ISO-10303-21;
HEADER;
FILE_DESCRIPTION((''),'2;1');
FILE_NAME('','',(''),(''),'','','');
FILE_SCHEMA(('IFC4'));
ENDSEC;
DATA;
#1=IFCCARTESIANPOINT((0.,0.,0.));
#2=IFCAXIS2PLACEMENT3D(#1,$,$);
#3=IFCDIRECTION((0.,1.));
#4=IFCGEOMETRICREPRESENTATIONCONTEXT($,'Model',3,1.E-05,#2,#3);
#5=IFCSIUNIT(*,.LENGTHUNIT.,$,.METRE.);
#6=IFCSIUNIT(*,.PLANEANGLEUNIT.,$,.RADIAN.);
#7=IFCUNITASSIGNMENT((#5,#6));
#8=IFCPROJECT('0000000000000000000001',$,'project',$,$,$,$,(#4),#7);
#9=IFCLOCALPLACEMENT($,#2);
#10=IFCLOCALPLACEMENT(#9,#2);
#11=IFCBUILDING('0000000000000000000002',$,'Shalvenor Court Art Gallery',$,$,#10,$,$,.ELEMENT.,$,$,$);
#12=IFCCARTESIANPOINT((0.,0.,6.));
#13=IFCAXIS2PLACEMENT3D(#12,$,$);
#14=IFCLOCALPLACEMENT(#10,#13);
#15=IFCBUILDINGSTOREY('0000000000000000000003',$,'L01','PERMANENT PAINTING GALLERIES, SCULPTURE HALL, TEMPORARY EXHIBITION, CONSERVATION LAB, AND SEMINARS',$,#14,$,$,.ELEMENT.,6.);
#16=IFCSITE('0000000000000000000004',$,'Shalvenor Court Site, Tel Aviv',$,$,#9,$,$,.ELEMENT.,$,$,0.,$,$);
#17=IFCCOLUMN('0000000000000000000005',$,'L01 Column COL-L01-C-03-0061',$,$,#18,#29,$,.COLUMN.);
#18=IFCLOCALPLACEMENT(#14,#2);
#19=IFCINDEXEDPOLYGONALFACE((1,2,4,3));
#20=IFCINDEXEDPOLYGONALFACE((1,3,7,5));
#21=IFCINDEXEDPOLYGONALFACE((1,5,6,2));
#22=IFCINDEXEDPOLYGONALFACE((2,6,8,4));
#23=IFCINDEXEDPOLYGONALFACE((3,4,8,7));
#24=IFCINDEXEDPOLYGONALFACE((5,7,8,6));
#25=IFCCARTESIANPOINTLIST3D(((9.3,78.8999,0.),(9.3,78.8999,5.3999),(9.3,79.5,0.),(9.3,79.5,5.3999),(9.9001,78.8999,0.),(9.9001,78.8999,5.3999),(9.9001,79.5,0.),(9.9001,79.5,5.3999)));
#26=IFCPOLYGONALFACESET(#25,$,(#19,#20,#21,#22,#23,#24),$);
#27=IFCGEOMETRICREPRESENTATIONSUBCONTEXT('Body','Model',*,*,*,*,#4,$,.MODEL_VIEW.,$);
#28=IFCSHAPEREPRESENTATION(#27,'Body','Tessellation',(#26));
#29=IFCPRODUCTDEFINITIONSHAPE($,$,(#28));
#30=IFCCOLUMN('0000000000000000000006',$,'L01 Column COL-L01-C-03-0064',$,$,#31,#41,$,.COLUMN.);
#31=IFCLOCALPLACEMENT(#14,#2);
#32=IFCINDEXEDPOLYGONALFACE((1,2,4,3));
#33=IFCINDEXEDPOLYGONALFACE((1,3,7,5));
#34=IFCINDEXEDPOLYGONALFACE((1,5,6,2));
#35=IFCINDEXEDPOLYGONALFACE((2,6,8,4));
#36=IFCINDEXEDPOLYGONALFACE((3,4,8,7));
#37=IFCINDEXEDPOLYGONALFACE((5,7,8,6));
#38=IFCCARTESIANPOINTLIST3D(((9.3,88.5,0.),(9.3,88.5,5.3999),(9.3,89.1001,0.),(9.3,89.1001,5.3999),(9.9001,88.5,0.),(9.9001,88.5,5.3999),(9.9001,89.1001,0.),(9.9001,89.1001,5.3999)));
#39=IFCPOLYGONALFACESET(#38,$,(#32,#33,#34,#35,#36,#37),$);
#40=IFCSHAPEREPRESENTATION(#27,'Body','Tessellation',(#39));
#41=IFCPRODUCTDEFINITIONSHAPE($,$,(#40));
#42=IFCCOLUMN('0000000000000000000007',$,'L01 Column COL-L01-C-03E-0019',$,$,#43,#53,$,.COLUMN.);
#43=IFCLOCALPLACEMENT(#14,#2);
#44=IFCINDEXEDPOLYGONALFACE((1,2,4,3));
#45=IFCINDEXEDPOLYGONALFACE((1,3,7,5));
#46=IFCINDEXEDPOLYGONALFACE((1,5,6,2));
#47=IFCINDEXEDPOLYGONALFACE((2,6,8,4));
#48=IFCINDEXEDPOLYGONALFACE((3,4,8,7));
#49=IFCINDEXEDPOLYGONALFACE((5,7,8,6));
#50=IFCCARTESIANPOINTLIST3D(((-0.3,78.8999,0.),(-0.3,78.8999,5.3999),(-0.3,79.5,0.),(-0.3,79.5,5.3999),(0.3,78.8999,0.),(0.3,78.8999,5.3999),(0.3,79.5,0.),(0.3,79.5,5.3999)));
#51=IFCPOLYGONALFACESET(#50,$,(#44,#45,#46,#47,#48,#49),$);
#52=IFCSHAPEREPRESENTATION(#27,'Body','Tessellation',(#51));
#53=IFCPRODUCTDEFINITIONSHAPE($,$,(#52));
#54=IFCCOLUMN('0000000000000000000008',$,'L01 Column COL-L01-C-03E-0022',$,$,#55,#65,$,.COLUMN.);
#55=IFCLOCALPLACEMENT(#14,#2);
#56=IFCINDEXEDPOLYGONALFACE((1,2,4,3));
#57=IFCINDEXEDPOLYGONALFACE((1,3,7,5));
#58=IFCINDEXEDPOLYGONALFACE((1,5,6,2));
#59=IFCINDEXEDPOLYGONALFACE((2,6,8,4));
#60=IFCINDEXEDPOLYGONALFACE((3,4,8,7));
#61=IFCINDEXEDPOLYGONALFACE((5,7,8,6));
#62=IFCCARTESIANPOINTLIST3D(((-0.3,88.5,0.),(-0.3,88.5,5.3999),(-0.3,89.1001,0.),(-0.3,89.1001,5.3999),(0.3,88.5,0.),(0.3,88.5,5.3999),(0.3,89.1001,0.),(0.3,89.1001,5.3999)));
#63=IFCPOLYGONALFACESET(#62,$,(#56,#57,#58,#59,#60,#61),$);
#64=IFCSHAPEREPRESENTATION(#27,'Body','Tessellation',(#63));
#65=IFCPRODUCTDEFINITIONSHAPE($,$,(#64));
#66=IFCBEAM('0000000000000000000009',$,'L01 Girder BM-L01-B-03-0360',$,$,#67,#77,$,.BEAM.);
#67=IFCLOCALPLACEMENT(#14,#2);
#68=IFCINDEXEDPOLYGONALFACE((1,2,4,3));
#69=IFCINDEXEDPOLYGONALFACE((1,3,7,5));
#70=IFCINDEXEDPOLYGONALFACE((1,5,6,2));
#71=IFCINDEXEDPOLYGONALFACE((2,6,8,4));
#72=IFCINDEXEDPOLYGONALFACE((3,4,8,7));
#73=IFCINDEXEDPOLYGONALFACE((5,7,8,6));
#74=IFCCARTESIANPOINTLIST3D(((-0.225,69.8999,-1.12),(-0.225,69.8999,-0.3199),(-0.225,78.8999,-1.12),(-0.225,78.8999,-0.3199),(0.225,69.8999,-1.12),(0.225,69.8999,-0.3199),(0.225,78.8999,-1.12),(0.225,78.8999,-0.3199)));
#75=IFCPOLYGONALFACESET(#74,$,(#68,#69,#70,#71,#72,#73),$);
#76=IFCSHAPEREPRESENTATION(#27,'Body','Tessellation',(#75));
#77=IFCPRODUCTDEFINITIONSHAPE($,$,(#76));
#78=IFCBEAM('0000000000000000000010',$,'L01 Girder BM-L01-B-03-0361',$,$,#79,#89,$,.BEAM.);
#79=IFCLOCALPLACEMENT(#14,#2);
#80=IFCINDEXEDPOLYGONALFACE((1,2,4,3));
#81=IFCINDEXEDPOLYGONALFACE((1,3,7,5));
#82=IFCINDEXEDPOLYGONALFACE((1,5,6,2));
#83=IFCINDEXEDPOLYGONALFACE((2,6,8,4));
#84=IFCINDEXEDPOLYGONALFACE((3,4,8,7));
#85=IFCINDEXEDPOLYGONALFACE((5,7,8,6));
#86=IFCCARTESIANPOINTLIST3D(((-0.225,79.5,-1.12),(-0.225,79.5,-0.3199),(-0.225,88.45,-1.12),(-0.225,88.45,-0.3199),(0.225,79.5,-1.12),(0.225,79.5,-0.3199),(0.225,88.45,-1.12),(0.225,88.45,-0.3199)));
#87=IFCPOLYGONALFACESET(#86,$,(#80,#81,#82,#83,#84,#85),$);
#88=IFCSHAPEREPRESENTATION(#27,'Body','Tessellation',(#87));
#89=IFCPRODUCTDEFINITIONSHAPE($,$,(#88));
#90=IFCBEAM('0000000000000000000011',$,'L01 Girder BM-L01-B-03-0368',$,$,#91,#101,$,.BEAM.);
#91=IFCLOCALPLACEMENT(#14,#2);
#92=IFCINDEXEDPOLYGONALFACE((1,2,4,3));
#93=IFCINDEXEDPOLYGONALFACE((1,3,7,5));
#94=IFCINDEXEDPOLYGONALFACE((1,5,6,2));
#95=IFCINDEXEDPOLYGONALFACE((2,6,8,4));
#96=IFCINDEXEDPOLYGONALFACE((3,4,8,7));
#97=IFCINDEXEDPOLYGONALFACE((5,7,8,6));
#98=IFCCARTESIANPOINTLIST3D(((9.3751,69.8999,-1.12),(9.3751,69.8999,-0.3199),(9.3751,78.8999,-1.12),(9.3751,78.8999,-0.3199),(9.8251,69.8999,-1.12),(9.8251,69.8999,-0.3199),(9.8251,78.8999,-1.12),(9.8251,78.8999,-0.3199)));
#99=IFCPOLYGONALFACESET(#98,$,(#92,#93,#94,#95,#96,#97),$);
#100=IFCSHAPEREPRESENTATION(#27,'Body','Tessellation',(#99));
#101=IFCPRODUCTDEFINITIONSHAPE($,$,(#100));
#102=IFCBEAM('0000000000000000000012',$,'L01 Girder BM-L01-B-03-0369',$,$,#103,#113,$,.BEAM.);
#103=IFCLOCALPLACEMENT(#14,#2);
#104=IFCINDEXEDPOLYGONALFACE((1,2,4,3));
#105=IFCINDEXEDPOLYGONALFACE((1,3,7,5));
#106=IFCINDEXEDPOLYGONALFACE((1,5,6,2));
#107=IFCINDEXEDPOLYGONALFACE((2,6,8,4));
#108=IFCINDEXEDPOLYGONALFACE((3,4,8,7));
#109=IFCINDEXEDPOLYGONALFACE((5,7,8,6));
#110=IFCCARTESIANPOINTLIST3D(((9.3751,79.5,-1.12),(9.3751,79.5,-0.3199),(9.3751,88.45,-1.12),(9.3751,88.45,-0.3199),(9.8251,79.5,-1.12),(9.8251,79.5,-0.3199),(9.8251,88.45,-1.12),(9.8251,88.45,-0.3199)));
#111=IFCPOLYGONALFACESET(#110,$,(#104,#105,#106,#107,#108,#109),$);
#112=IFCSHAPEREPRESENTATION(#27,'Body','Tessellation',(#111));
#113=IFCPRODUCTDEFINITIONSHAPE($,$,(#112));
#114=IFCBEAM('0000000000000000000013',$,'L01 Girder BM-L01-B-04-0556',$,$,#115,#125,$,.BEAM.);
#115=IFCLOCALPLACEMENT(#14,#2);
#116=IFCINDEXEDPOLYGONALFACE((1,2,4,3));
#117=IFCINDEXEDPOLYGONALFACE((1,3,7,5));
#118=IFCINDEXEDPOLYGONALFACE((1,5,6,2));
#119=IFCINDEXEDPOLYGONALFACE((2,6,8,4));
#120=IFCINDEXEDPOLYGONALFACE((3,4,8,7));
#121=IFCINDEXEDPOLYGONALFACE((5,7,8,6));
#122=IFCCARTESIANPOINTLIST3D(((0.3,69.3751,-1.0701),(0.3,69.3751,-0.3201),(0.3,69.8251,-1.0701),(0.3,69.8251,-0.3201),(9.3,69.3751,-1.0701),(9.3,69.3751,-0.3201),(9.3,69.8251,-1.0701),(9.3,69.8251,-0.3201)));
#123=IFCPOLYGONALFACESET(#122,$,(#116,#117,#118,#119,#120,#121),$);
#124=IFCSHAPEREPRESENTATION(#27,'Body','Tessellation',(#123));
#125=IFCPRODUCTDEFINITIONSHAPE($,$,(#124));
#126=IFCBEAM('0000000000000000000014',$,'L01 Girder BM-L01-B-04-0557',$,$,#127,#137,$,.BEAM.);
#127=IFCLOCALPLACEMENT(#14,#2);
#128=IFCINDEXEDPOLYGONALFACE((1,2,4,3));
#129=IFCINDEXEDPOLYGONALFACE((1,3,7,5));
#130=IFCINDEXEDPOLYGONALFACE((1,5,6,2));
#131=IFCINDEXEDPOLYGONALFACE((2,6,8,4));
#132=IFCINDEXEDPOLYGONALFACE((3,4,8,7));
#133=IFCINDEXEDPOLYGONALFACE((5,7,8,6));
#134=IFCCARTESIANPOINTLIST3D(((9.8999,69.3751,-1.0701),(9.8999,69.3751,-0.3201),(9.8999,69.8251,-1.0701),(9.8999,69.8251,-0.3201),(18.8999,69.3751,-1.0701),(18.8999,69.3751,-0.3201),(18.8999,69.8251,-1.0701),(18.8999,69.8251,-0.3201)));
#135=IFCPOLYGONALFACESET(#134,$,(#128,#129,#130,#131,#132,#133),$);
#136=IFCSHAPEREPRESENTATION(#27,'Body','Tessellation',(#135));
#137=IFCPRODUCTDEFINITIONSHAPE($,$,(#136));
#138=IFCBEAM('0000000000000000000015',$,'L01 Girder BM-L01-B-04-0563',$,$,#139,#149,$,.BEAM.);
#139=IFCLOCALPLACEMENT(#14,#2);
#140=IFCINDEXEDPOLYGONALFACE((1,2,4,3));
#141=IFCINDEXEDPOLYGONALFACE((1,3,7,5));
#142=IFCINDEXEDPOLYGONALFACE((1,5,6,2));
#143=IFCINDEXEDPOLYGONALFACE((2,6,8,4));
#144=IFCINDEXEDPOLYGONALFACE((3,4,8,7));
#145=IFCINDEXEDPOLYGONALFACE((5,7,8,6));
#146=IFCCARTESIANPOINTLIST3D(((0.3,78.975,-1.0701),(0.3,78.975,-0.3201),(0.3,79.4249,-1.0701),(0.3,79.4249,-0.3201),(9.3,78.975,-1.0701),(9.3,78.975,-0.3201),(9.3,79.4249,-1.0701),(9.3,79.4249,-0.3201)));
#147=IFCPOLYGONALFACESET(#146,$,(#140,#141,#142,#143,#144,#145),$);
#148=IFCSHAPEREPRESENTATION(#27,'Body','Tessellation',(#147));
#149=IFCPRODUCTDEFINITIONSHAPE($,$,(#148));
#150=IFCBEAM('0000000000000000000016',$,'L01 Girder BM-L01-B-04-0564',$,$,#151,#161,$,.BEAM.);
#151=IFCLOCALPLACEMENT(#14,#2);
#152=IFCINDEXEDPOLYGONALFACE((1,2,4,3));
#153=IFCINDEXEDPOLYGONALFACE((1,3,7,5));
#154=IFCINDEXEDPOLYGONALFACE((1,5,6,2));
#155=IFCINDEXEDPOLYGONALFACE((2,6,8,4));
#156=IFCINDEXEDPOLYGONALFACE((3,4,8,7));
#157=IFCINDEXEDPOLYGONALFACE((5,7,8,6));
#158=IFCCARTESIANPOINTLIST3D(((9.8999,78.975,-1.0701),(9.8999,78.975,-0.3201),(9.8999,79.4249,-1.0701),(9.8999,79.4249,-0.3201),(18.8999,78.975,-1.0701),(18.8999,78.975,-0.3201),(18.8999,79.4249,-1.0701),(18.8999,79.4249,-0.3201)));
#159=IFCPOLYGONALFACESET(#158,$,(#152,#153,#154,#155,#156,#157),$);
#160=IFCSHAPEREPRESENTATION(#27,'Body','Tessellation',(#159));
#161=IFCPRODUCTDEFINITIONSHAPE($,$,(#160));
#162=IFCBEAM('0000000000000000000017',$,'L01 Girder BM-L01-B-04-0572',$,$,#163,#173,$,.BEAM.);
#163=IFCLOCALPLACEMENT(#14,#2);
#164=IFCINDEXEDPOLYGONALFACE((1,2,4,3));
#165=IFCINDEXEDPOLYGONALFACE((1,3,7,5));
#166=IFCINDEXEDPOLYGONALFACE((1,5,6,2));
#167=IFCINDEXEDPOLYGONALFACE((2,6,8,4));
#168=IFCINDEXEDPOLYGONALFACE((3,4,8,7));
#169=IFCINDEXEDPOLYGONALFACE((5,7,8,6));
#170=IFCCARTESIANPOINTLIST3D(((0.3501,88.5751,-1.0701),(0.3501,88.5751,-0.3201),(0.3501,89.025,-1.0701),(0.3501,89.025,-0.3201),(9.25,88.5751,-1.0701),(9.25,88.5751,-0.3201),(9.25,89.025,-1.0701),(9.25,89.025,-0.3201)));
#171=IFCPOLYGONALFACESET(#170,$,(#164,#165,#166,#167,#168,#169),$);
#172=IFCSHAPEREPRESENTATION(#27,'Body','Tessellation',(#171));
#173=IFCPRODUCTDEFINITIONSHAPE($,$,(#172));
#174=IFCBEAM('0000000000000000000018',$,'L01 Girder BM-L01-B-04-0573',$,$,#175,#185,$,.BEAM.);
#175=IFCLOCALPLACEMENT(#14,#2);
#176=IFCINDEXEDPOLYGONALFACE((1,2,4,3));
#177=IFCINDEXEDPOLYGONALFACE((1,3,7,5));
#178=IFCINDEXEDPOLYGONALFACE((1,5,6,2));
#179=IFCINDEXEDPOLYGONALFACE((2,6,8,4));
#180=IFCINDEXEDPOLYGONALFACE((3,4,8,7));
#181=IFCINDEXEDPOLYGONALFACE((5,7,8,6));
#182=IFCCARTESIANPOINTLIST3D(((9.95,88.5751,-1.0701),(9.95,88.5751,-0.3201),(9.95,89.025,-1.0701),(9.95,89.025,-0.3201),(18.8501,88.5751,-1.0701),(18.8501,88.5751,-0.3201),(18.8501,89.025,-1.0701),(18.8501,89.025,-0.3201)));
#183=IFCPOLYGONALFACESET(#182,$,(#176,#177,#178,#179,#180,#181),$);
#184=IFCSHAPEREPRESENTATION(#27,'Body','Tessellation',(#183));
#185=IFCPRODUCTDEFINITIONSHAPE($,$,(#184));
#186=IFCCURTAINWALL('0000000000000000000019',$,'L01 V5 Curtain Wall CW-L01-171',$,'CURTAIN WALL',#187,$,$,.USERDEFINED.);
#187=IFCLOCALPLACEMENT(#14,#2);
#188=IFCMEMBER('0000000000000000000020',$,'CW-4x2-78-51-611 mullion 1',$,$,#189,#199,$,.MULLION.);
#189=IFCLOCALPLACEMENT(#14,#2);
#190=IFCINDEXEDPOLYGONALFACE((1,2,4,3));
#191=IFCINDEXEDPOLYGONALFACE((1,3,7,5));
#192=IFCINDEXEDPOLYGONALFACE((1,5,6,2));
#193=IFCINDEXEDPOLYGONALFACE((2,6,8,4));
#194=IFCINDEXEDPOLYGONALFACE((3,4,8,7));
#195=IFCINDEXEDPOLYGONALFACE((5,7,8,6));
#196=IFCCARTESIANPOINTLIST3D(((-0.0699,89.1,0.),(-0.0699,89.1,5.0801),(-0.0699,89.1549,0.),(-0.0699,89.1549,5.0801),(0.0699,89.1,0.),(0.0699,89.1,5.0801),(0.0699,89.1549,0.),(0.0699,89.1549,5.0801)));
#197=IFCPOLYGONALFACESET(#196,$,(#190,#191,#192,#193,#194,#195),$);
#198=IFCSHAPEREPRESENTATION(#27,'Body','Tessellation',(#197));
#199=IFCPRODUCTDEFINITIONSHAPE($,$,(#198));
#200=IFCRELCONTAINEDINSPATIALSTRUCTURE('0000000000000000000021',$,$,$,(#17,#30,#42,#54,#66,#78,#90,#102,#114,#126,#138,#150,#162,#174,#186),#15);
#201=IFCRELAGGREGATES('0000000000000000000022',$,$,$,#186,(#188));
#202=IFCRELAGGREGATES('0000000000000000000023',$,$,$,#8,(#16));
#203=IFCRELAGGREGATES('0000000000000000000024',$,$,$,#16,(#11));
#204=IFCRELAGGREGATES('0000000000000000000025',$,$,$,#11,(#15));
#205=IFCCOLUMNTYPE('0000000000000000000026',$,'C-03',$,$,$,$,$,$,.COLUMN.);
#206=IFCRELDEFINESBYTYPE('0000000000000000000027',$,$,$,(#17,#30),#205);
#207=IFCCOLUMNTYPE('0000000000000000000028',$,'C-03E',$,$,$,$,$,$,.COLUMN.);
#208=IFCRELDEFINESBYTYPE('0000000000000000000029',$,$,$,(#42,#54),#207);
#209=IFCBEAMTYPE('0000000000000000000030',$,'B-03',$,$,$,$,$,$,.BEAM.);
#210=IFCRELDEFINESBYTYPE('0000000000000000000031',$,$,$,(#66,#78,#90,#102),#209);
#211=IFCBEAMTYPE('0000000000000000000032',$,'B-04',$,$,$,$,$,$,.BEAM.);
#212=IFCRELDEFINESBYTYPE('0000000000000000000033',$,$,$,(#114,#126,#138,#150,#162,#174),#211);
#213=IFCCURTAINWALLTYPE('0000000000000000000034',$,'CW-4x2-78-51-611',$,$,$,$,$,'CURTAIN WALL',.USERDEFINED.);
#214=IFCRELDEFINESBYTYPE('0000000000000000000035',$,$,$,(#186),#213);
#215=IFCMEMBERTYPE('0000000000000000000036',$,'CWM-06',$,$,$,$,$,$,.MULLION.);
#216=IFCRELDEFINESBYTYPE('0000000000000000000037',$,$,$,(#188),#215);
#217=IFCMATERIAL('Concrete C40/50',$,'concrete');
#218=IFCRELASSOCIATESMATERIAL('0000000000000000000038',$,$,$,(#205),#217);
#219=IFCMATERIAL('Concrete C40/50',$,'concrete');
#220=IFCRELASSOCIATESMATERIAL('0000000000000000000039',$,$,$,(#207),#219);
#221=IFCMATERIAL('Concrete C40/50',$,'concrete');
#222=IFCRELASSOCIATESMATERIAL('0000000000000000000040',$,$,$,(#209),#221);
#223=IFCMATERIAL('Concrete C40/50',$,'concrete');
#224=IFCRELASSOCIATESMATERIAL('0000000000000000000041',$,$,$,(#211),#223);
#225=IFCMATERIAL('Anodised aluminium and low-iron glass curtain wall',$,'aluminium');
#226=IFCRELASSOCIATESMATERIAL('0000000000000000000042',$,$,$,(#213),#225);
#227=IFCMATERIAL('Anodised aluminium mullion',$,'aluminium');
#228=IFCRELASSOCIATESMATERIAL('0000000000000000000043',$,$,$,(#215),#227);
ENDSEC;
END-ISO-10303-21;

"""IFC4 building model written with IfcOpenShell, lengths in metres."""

from ifc_helpers import new_model, si_unit, direction, frame, origin, origin_2d, place, context, subcontext, project, spatial, rectangle, extrude, material, material_profile, profile_set, type_object, element, aggregate, save


model = new_model("IFC4")

# Units and contexts
model_context = context("Model", 3, precision=1e-05, world=origin(), true_north=direction((0.0, 1.0)))
body_context = subcontext(model_context, "Body", "Model", "MODEL_VIEW")
ifc_project = project(units=[si_unit("LENGTHUNIT", "METRE"), si_unit("PLANEANGLEUNIT", "RADIAN")], contexts=[model_context])

# Site, building, storey
site_placement = place(None, origin())
site = spatial("IfcSite", under=ifc_project, at=site_placement, Name="Shalvenor Court Site, Tel Aviv", CompositionType="ELEMENT", RefElevation=0.0)
building_placement = place(site_placement, origin())
building = spatial("IfcBuilding", under=site, at=building_placement, Name="Shalvenor Court Art Gallery", CompositionType="ELEMENT")
storey_placement = place(building_placement, frame((0.0, 0.0, 6.0)))
storey = spatial("IfcBuildingStorey", under=building, at=storey_placement, Name="L01", Description="PERMANENT PAINTING GALLERIES, SCULPTURE HALL, TEMPORARY EXHIBITION, CONSERVATION LAB, AND SEMINARS", CompositionType="ELEMENT", Elevation=6.0)

# Columns
ifc_material_1 = material(Name="Concrete C40/50", Category="concrete")
ifc_material_profile_1 = material_profile(ifc_material_1, rectangle(XDim=0.6001, YDim=0.6001, at=origin_2d()), Name="RC 600x600")
ifc_profile_set_1 = profile_set([ifc_material_profile_1], Name="Concrete C40/50")
column_type_1 = type_object("IfcColumnType", Name="C-03", PredefinedType="COLUMN", material=ifc_profile_set_1)
for number, where, z_axis, x_axis, name in (
    (1, (9.6001, 79.2, 0.0), (0.0, 0.0, 1.0), (1.0, 0.0, 0.0), "L01 Column COL-L01-C-03-0061"),
    (2, (9.6001, 88.8, 0.0), (0.0, 0.0, 1.0), (1.0, 0.0, 0.0), "L01 Column COL-L01-C-03-0064"),
):
    element("IfcColumn", number, at=place(storey_placement, frame(where, z_axis=z_axis, x_axis=x_axis)), inside=storey, type_object=column_type_1, Name=name, PredefinedType="COLUMN", context=body_context, shape_type="SweptSolid", body=[
        extrude(rectangle(XDim=0.6001, YDim=0.6001, at=origin_2d()), origin(), (0.0, 0.0, 1.0), 5.3999),
    ])
ifc_material_2 = material(Name="Concrete C40/50", Category="concrete")
ifc_material_profile_2 = material_profile(ifc_material_2, rectangle(XDim=0.6001, YDim=0.6001, at=origin_2d()), Name="RC 600x600")
ifc_profile_set_2 = profile_set([ifc_material_profile_2], Name="Concrete C40/50")
column_type_2 = type_object("IfcColumnType", Name="C-03E", PredefinedType="COLUMN", material=ifc_profile_set_2)
for number, where, z_axis, x_axis, name in (
    (3, (0.0, 79.2, 0.0), (0.0, 0.0, 1.0), (1.0, 0.0, 0.0), "L01 Column COL-L01-C-03E-0019"),
    (4, (0.0, 88.8, 0.0), (0.0, 0.0, 1.0), (1.0, 0.0, 0.0), "L01 Column COL-L01-C-03E-0022"),
):
    element("IfcColumn", number, at=place(storey_placement, frame(where, z_axis=z_axis, x_axis=x_axis)), inside=storey, type_object=column_type_2, Name=name, PredefinedType="COLUMN", context=body_context, shape_type="SweptSolid", body=[
        extrude(rectangle(XDim=0.6001, YDim=0.6001, at=origin_2d()), origin(), (0.0, 0.0, 1.0), 5.3999),
    ])

# Beams
ifc_material_3 = material(Name="Concrete C40/50", Category="concrete")
ifc_material_profile_3 = material_profile(ifc_material_3, rectangle(XDim=0.45, YDim=0.8, at=origin_2d()), Name="RC 450x800")
ifc_profile_set_3 = profile_set([ifc_material_profile_3], Name="Concrete C40/50")
beam_type_1 = type_object("IfcBeamType", Name="B-03", PredefinedType="BEAM", material=ifc_profile_set_3)
beam_1_placement = place(storey_placement, frame((0.0, 69.8999, -0.72), z_axis=(0.0, 1.0, 0.0), x_axis=(-1.0, 0.0, 0.0)))
element("IfcBeam", 5, at=beam_1_placement, inside=storey, type_object=beam_type_1, Name="L01 Girder BM-L01-B-03-0360", PredefinedType="BEAM", context=body_context, shape_type="SweptSolid", body=[
    extrude(rectangle(XDim=0.45, YDim=0.8, at=origin_2d()), origin(), (0.0, 0.0, 1.0), 9.0),
])
beam_2_placement = place(storey_placement, frame((0.0, 79.5, -0.72), z_axis=(0.0, 1.0, 0.0), x_axis=(-1.0, 0.0, 0.0)))
element("IfcBeam", 6, at=beam_2_placement, inside=storey, type_object=beam_type_1, Name="L01 Girder BM-L01-B-03-0361", PredefinedType="BEAM", context=body_context, shape_type="SweptSolid", body=[
    extrude(rectangle(XDim=0.45, YDim=0.8, at=origin_2d()), origin(), (0.0, 0.0, 1.0), 8.95),
])
beam_3_placement = place(storey_placement, frame((9.6001, 69.8999, -0.72), z_axis=(0.0, 1.0, 0.0), x_axis=(-1.0, 0.0, 0.0)))
element("IfcBeam", 7, at=beam_3_placement, inside=storey, type_object=beam_type_1, Name="L01 Girder BM-L01-B-03-0368", PredefinedType="BEAM", context=body_context, shape_type="SweptSolid", body=[
    extrude(rectangle(XDim=0.45, YDim=0.8, at=origin_2d()), origin(), (0.0, 0.0, 1.0), 9.0),
])
beam_4_placement = place(storey_placement, frame((9.6001, 79.5, -0.72), z_axis=(0.0, 1.0, 0.0), x_axis=(-1.0, 0.0, 0.0)))
element("IfcBeam", 8, at=beam_4_placement, inside=storey, type_object=beam_type_1, Name="L01 Girder BM-L01-B-03-0369", PredefinedType="BEAM", context=body_context, shape_type="SweptSolid", body=[
    extrude(rectangle(XDim=0.45, YDim=0.8, at=origin_2d()), origin(), (0.0, 0.0, 1.0), 8.95),
])
ifc_material_4 = material(Name="Concrete C40/50", Category="concrete")
ifc_material_profile_4 = material_profile(ifc_material_4, rectangle(XDim=0.45, YDim=0.75, at=origin_2d()), Name="RC 450x750")
ifc_profile_set_4 = profile_set([ifc_material_profile_4], Name="Concrete C40/50")
beam_type_2 = type_object("IfcBeamType", Name="B-04", PredefinedType="BEAM", material=ifc_profile_set_4)
for number, where, z_axis, x_axis, name in (
    (9, (0.3, 69.6001, -0.6951), (1.0, 0.0, 0.0), (0.0, 1.0, 0.0), "L01 Girder BM-L01-B-04-0556"),
    (10, (9.8999, 69.6001, -0.6951), (1.0, 0.0, 0.0), (0.0, 1.0, 0.0), "L01 Girder BM-L01-B-04-0557"),
    (11, (0.3, 79.2, -0.6951), (1.0, 0.0, 0.0), (0.0, 1.0, 0.0), "L01 Girder BM-L01-B-04-0563"),
    (12, (9.8999, 79.2, -0.6951), (1.0, 0.0, 0.0), (0.0, 1.0, 0.0), "L01 Girder BM-L01-B-04-0564"),
):
    element("IfcBeam", number, at=place(storey_placement, frame(where, z_axis=z_axis, x_axis=x_axis)), inside=storey, type_object=beam_type_2, Name=name, PredefinedType="BEAM", context=body_context, shape_type="SweptSolid", body=[
        extrude(rectangle(XDim=0.45, YDim=0.75, at=origin_2d()), origin(), (0.0, 0.0, 1.0), 9.0),
    ])
beam_5_placement = place(storey_placement, frame((0.3501, 88.8, -0.6951), z_axis=(1.0, 0.0, 0.0), x_axis=(0.0, 1.0, 0.0)))
element("IfcBeam", 13, at=beam_5_placement, inside=storey, type_object=beam_type_2, Name="L01 Girder BM-L01-B-04-0572", PredefinedType="BEAM", context=body_context, shape_type="SweptSolid", body=[
    extrude(rectangle(XDim=0.45, YDim=0.75, at=origin_2d()), origin(), (0.0, 0.0, 1.0), 8.8999),
])
beam_6_placement = place(storey_placement, frame((9.95, 88.8, -0.6951), z_axis=(1.0, 0.0, 0.0), x_axis=(0.0, 1.0, 0.0)))
element("IfcBeam", 14, at=beam_6_placement, inside=storey, type_object=beam_type_2, Name="L01 Girder BM-L01-B-04-0573", PredefinedType="BEAM", context=body_context, shape_type="SweptSolid", body=[
    extrude(rectangle(XDim=0.45, YDim=0.75, at=origin_2d()), origin(), (0.0, 0.0, 1.0), 8.9001),
])

# Curtain wall, member
ifc_material_5 = material(Name="Anodised aluminium and low-iron glass curtain wall", Category="aluminium")
curtain_wall_type_1 = type_object("IfcCurtainWallType", Name="CW-4x2-78-51-611", ElementType="CURTAIN WALL", PredefinedType="USERDEFINED", material=ifc_material_5)
curtain_wall_1_placement = place(storey_placement, origin())
curtain_wall_1 = element("IfcCurtainWall", 15, at=curtain_wall_1_placement, inside=storey, type_object=curtain_wall_type_1, Name="L01 V5 Curtain Wall CW-L01-171", ObjectType="CURTAIN WALL", PredefinedType="USERDEFINED")
ifc_material_6 = material(Name="Anodised aluminium mullion", Category="aluminium")
ifc_material_profile_5 = material_profile(ifc_material_6, rectangle(XDim=0.0549, YDim=0.1399, at=origin_2d()), Name="CWM-06")
ifc_profile_set_5 = profile_set([ifc_material_profile_5], Name="Anodised aluminium mullion")
member_type_1 = type_object("IfcMemberType", Name="CWM-06", PredefinedType="MULLION", material=ifc_profile_set_5)
member_1_placement = place(storey_placement, frame((0.0, 89.1274, 0.0), z_axis=(0.0, 0.0, 1.0), x_axis=(0.0, 1.0, 0.0)))
member_1 = element("IfcMember", 16, at=member_1_placement, type_object=member_type_1, Name="CW-4x2-78-51-611 mullion 1", PredefinedType="MULLION", context=body_context, shape_type="SweptSolid", body=[
    extrude(rectangle(XDim=0.0549, YDim=0.1399, at=origin_2d()), origin(), (0.0, 0.0, 1.0), 5.0801),
])

aggregate(curtain_wall_1, [member_1])

save(model, "model.ifc")
